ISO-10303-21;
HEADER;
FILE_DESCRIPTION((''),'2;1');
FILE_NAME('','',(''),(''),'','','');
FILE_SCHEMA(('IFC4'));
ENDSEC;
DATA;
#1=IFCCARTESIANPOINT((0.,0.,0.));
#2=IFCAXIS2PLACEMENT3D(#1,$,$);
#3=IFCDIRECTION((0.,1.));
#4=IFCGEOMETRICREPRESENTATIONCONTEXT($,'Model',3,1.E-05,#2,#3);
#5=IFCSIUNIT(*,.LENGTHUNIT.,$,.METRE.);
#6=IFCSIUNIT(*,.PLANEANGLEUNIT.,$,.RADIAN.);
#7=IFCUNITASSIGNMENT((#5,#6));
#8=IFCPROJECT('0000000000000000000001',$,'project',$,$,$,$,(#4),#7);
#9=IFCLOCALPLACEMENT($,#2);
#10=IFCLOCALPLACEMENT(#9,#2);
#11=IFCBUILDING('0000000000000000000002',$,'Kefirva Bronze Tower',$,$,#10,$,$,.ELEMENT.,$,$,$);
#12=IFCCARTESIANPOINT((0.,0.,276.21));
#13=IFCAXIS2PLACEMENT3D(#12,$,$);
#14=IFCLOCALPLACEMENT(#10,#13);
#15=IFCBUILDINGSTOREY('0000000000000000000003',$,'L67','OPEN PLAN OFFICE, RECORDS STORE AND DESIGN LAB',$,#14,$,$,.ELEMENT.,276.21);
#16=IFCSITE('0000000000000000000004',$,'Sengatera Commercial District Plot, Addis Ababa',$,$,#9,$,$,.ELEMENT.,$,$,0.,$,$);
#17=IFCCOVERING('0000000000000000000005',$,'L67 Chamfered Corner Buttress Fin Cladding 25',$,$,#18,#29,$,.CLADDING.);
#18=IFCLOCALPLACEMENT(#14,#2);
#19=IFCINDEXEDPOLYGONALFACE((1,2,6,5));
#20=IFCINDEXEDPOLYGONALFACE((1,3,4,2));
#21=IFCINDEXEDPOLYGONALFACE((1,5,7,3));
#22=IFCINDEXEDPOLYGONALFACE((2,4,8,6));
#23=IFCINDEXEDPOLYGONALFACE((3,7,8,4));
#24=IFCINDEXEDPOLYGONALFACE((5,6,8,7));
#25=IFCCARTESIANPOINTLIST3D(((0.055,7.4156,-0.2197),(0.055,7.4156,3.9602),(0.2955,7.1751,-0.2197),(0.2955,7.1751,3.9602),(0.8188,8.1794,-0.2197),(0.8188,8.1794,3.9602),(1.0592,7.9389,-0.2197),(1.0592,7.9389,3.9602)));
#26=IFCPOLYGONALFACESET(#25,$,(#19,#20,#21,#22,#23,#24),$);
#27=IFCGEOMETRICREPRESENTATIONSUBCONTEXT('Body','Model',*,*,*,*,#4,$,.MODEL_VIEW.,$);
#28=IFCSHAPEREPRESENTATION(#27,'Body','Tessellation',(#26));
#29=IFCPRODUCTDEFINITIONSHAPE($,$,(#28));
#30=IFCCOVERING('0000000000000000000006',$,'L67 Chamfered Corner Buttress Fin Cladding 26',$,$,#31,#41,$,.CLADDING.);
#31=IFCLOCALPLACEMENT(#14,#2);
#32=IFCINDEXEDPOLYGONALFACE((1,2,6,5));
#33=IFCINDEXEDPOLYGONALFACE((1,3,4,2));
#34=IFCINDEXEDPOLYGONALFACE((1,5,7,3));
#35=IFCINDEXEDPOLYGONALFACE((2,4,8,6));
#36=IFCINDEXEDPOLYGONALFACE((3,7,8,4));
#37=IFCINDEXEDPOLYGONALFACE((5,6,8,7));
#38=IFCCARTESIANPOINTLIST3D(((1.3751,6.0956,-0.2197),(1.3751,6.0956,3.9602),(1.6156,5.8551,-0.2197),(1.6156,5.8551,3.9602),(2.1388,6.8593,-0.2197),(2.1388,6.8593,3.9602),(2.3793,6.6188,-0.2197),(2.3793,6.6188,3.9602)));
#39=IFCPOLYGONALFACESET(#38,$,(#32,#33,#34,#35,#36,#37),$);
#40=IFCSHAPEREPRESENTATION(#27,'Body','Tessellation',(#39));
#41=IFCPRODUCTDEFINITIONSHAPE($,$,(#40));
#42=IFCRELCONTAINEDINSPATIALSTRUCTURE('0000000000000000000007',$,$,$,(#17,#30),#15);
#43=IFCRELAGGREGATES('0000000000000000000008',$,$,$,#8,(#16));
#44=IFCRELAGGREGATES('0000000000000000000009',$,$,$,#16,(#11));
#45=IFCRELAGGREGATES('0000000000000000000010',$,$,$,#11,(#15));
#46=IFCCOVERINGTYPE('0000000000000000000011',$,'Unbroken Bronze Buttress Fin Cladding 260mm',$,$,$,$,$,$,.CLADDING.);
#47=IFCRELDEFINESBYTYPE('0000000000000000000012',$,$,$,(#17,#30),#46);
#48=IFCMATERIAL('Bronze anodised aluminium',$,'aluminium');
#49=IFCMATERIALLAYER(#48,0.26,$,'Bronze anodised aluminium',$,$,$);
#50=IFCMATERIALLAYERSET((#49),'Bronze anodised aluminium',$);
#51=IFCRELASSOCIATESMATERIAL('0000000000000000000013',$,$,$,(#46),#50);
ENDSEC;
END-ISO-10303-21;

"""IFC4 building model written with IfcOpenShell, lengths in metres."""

from ifc_helpers import new_model, si_unit, direction, frame, origin, origin_2d, place, context, subcontext, project, spatial, rectangle, extrude, material, layer, layer_set, type_object, element, save


model = new_model("IFC4")

# Units and contexts
model_context = context("Model", 3, precision=1e-05, world=origin(), true_north=direction((0.0, 1.0)))
body_context = subcontext(model_context, "Body", "Model", "MODEL_VIEW")
ifc_project = project(units=[si_unit("LENGTHUNIT", "METRE"), si_unit("PLANEANGLEUNIT", "RADIAN")], contexts=[model_context])

# Site, building, storey
site_placement = place(None, origin())
site = spatial("IfcSite", under=ifc_project, at=site_placement, Name="Sengatera Commercial District Plot, Addis Ababa", CompositionType="ELEMENT", RefElevation=0.0)
building_placement = place(site_placement, origin())
building = spatial("IfcBuilding", under=site, at=building_placement, Name="Kefirva Bronze Tower", CompositionType="ELEMENT")
storey_placement = place(building_placement, frame((0.0, 0.0, 276.21)))
storey = spatial("IfcBuildingStorey", under=building, at=storey_placement, Name="L67", Description="OPEN PLAN OFFICE, RECORDS STORE AND DESIGN LAB", CompositionType="ELEMENT", Elevation=276.21)

# Shared definitions
ifc_material_1 = material(Name="Bronze anodised aluminium", Category="aluminium")

# Coverings
ifc_layer_1 = layer(ifc_material_1, 0.26, Name="Bronze anodised aluminium")
ifc_layer_set_1 = layer_set([ifc_layer_1], Name="Bronze anodised aluminium")
covering_type_1 = type_object("IfcCoveringType", Name="Unbroken Bronze Buttress Fin Cladding 260mm", PredefinedType="CLADDING", material=ifc_layer_set_1)
for number, where, z_axis, x_axis, name in (
    (1, (0.5571, 7.6772, -0.2197), (0.0, 0.0, 1.0), (0.707107, -0.707107, 0.0), "L67 Chamfered Corner Buttress Fin Cladding 25"),
    (2, (1.8772, 6.3572, -0.2197), (0.0, 0.0, 1.0), (0.707107, -0.707107, 0.0), "L67 Chamfered Corner Buttress Fin Cladding 26"),
):
    element("IfcCovering", number, at=place(storey_placement, frame(where, z_axis=z_axis, x_axis=x_axis)), inside=storey, type_object=covering_type_1, Name=name, PredefinedType="CLADDING", context=body_context, shape_type="SweptSolid", body=[
        extrude(rectangle(XDim=0.3401, YDim=1.0801, at=origin_2d()), origin(), (0.0, 0.0, 1.0), 4.1799),
    ])

save(model, "model.ifc")
